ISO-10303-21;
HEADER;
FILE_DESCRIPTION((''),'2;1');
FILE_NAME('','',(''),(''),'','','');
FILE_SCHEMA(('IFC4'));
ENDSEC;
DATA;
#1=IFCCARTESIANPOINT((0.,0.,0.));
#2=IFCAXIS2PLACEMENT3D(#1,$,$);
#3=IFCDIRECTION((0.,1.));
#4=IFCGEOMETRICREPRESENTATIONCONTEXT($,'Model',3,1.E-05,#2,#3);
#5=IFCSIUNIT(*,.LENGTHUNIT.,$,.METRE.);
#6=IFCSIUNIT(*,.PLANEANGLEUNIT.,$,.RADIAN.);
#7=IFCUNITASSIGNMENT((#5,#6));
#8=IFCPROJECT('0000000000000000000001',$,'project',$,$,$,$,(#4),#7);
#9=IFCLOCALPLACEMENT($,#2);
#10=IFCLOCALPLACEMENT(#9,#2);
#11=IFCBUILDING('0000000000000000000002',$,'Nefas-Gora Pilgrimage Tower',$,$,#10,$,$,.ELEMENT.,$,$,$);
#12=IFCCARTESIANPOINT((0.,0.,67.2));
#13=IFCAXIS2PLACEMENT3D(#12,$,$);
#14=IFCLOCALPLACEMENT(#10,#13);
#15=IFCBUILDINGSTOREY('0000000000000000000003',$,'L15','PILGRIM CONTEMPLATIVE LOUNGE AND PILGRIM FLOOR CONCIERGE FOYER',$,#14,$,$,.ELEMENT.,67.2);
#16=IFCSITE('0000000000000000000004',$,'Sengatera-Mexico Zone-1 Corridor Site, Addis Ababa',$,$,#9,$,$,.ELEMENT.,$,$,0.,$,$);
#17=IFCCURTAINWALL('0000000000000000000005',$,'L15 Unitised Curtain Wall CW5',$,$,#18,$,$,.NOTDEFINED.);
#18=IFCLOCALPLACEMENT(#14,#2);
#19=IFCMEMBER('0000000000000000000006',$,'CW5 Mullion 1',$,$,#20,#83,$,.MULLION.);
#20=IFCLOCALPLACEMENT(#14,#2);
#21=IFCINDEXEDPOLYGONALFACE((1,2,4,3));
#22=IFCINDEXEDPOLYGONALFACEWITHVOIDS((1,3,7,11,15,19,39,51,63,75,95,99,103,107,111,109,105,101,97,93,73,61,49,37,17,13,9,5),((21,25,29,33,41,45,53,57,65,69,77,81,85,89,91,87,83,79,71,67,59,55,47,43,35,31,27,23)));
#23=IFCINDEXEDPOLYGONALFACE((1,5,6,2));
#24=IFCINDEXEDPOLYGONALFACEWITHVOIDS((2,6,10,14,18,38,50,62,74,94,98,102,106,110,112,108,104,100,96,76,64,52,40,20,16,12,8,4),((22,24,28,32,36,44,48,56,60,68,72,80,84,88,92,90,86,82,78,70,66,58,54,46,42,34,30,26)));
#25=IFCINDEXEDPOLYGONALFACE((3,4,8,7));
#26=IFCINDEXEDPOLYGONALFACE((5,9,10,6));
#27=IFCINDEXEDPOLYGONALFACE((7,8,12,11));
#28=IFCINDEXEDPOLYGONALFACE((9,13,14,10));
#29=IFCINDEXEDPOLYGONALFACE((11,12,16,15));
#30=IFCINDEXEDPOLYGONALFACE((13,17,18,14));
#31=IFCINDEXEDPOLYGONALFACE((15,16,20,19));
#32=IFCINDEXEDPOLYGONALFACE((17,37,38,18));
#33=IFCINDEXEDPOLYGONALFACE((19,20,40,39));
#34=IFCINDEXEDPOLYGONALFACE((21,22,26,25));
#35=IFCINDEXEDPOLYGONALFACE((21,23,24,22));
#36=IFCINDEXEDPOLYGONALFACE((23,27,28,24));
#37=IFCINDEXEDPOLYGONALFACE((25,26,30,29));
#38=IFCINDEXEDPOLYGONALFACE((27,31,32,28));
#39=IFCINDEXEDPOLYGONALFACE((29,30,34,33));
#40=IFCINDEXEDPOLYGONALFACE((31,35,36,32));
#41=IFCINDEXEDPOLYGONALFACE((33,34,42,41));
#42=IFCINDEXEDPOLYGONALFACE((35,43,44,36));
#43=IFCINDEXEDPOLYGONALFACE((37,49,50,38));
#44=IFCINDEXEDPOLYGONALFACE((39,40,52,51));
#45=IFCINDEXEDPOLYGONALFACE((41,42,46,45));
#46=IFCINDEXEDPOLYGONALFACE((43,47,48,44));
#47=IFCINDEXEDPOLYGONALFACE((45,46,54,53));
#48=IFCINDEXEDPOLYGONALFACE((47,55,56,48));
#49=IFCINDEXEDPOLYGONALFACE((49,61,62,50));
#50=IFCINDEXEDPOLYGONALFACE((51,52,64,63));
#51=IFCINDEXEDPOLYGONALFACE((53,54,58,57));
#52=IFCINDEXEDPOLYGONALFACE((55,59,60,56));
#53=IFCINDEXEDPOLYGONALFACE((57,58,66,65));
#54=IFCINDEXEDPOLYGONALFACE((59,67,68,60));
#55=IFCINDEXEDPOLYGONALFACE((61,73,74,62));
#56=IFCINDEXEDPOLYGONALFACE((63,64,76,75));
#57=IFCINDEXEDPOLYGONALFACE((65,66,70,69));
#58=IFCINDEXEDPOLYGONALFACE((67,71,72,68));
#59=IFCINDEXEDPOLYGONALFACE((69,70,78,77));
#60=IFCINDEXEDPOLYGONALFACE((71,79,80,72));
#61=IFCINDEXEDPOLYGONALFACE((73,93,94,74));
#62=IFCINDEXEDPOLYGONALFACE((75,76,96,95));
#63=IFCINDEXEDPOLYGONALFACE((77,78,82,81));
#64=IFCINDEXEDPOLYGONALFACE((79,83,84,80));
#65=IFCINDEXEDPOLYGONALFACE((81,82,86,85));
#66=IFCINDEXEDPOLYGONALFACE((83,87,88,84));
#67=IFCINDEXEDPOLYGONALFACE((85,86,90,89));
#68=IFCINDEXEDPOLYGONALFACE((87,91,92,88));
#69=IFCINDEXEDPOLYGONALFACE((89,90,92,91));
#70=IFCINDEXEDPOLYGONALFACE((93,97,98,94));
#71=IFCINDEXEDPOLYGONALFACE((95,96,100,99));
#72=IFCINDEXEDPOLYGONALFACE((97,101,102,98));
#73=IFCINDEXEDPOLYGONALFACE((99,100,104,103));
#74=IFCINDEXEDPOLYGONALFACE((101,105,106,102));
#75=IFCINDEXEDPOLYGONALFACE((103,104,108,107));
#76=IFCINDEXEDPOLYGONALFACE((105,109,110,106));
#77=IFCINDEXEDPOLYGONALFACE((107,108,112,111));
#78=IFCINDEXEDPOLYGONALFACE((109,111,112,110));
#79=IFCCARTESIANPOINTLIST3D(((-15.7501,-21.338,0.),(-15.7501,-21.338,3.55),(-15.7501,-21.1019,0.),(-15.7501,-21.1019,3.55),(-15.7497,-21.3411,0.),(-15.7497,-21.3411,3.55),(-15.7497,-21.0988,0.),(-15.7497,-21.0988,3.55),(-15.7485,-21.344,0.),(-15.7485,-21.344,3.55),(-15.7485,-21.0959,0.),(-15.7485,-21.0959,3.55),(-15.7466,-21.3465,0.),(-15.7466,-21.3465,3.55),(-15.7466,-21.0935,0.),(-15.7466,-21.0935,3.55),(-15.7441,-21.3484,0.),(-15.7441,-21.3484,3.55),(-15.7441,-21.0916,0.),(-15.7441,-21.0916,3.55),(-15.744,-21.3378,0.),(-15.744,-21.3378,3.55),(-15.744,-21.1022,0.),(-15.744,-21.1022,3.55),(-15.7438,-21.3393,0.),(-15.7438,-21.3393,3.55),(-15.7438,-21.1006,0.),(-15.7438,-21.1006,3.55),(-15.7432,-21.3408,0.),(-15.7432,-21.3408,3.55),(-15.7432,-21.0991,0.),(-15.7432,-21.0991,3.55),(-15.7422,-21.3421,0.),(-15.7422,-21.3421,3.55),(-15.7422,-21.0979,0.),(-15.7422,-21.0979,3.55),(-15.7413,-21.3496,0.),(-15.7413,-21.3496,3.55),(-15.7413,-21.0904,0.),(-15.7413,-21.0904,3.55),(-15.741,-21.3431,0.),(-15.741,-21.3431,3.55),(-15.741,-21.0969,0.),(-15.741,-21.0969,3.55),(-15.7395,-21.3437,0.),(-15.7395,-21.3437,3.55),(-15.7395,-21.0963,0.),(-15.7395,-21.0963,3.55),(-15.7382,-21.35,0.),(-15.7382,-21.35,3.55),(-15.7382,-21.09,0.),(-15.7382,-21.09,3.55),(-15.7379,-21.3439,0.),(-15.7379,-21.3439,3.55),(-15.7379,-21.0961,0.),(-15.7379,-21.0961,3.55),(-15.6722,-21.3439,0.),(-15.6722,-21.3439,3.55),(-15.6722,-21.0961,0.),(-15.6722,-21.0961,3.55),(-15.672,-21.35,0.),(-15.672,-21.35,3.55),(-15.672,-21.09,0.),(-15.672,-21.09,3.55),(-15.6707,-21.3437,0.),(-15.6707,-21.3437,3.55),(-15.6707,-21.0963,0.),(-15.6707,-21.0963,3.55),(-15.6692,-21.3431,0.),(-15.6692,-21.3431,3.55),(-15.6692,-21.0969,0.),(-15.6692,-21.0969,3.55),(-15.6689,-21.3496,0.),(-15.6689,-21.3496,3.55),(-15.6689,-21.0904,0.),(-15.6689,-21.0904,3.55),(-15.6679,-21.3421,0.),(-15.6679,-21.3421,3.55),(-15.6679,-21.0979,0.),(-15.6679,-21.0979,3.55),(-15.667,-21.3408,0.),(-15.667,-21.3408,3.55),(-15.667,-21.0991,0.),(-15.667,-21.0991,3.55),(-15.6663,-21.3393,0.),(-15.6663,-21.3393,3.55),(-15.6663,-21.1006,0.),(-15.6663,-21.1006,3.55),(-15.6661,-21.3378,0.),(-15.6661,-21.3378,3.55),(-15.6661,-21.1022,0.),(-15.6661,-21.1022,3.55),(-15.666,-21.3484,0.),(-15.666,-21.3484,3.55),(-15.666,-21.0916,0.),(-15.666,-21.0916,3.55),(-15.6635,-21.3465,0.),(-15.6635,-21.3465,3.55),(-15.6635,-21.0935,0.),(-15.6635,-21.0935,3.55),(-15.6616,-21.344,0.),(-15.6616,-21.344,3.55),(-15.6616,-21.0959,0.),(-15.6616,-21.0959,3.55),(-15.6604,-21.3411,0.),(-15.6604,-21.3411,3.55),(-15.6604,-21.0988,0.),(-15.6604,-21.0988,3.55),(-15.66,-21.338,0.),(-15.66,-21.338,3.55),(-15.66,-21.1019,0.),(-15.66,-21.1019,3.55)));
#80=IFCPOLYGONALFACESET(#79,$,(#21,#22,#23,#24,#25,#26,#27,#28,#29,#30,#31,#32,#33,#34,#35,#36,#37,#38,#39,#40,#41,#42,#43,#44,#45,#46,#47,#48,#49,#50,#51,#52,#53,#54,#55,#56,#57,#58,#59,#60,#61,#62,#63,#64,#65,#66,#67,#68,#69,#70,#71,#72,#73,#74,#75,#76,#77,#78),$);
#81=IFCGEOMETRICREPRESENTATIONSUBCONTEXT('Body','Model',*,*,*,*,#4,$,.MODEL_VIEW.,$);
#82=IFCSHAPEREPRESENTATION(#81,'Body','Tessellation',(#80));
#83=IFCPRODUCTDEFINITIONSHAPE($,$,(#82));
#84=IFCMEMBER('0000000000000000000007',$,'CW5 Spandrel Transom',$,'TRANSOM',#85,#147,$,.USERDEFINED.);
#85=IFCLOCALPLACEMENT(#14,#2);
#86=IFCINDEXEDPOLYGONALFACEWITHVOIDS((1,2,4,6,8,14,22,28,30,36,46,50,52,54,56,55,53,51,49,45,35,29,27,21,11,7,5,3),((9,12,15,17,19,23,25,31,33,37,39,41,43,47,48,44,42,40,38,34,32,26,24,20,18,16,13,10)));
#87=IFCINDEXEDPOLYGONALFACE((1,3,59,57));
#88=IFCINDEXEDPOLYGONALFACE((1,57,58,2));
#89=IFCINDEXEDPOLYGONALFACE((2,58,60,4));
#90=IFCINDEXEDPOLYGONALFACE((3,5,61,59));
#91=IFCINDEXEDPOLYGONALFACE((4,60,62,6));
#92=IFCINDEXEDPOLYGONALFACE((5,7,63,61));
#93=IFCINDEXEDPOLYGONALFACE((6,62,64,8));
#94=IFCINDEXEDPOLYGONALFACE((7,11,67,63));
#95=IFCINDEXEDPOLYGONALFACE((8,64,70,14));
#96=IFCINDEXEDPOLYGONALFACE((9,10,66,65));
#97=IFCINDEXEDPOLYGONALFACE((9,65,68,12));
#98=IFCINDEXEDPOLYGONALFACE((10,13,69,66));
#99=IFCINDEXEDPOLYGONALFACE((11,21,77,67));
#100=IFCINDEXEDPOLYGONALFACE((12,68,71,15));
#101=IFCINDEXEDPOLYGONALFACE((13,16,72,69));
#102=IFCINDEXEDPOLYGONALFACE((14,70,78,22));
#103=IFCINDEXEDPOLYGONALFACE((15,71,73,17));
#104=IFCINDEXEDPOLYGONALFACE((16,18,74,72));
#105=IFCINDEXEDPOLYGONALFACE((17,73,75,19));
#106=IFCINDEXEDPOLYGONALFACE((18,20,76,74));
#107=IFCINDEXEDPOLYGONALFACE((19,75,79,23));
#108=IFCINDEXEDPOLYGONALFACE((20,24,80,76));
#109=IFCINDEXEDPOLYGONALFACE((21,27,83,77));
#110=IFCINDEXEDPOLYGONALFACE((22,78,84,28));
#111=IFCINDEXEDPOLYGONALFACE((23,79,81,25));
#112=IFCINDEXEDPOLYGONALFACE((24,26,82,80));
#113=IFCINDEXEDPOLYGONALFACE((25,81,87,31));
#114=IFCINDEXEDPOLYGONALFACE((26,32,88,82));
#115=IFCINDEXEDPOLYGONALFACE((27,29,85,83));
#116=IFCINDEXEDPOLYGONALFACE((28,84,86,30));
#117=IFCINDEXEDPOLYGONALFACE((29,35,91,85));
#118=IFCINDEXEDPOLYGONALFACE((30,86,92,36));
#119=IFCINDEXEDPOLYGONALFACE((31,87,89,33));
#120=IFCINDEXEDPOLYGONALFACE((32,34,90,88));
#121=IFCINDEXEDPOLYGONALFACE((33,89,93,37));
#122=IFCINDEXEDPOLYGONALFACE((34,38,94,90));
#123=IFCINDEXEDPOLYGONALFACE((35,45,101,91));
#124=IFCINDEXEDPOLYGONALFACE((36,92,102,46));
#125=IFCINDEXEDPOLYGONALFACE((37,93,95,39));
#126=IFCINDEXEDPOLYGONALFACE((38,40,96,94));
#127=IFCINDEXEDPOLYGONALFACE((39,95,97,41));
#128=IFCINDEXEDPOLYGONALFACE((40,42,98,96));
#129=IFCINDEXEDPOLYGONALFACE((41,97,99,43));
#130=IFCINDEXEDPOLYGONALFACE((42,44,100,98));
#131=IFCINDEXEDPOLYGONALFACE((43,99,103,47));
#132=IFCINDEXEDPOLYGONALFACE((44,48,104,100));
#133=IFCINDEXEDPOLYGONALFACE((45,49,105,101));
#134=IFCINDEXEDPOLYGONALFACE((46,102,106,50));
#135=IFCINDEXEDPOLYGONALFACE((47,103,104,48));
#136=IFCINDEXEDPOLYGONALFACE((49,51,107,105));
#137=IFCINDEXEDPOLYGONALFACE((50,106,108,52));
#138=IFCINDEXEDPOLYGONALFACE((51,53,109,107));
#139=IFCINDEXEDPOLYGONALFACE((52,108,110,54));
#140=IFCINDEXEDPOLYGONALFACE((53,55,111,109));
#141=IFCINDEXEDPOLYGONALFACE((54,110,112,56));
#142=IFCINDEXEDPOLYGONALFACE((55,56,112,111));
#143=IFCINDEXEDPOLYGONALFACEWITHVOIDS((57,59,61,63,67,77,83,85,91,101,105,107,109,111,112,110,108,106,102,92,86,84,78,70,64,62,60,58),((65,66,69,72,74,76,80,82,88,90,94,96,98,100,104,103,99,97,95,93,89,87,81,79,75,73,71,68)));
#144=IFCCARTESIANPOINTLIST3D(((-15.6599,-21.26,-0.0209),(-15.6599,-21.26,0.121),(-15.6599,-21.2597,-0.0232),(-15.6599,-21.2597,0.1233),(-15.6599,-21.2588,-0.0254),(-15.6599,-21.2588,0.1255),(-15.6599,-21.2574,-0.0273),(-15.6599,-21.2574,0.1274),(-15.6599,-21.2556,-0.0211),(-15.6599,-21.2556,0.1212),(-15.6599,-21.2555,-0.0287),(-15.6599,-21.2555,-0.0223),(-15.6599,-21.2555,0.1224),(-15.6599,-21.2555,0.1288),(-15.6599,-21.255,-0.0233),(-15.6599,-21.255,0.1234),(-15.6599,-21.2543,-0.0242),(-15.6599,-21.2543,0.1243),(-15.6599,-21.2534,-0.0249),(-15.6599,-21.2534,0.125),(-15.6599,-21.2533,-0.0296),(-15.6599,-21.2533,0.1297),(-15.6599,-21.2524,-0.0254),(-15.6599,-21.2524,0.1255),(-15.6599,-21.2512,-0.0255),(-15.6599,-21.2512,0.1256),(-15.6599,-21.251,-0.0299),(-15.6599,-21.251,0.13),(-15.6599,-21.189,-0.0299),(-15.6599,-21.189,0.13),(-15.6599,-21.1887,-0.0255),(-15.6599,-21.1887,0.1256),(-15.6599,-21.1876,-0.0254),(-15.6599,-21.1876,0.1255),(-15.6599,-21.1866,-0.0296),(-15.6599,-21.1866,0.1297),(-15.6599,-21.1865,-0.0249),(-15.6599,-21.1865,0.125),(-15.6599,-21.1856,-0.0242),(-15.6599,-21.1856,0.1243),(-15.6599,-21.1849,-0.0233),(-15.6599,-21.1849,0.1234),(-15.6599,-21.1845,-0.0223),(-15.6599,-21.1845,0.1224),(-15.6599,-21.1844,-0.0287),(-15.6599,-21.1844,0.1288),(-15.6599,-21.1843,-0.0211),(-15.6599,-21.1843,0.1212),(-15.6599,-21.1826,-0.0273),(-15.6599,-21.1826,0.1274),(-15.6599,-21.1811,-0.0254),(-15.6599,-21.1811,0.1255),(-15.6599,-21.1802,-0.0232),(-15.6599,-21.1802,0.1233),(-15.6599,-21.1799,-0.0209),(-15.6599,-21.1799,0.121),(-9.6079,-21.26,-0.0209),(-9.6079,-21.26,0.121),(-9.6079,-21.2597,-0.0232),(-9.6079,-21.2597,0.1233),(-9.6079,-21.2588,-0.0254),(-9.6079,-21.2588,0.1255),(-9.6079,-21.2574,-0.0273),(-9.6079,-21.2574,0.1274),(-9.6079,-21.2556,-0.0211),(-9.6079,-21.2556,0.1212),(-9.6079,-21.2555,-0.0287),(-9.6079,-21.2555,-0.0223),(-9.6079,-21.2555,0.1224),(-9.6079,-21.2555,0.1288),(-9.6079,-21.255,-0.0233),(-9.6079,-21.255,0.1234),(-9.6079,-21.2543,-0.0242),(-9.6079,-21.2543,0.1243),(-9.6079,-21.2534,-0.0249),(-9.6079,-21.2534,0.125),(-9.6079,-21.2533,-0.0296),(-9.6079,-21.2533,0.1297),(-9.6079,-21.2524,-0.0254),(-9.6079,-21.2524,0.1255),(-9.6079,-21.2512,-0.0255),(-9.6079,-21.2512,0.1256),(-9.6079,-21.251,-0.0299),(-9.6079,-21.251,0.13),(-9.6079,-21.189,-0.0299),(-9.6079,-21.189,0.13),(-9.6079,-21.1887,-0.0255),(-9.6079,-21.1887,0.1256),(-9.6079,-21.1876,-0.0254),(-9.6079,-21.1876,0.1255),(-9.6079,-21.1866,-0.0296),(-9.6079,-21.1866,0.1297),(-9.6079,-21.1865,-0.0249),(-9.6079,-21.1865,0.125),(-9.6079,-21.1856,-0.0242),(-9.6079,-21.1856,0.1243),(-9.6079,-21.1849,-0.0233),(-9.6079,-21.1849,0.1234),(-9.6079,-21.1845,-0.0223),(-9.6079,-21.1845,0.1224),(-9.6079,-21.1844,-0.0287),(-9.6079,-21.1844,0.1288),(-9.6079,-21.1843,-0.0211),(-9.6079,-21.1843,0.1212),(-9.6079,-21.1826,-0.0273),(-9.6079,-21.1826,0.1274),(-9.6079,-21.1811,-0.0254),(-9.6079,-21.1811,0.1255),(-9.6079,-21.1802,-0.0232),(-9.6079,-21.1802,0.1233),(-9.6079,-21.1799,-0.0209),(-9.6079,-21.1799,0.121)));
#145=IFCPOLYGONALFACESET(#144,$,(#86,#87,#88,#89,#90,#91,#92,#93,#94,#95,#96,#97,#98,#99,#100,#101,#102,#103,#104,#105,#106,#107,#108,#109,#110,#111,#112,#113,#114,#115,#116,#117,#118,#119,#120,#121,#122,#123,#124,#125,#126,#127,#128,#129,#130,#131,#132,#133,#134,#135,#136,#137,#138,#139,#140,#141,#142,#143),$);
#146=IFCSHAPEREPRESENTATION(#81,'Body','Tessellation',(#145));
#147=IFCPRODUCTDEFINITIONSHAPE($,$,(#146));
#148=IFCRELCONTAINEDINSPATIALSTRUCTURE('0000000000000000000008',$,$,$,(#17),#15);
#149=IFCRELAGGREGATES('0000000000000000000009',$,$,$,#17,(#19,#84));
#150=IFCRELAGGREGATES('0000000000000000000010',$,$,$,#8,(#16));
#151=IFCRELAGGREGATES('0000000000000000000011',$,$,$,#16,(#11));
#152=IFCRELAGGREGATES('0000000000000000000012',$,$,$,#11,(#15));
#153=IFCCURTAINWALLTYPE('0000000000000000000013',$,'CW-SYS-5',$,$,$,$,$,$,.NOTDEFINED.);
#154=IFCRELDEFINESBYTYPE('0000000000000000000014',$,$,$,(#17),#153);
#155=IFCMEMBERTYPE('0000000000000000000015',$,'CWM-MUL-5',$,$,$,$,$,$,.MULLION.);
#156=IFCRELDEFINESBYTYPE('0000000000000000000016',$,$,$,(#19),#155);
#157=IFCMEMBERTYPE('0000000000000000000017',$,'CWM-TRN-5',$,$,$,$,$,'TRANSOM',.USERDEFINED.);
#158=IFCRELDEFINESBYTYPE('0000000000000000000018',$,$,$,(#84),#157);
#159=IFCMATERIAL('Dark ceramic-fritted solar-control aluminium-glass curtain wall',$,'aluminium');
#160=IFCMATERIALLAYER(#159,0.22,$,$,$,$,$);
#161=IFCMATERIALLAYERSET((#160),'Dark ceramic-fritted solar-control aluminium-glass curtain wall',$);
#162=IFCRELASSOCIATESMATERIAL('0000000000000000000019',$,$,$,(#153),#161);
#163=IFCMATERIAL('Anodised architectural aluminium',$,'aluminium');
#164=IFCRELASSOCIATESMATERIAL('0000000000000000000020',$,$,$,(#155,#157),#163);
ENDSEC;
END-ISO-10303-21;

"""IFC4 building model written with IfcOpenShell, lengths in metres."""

from ifc_helpers import new_model, si_unit, direction, frame, origin, origin_2d, place, context, subcontext, project, spatial, hollow_rectangle, extrude, source, transform, mapped, material, layer, layer_set, material_profile, profile_set, type_object, element, aggregate, save


model = new_model("IFC4")

# Units and contexts
model_context = context("Model", 3, precision=1e-05, world=origin(), true_north=direction((0.0, 1.0)))
body_context = subcontext(model_context, "Body", "Model", "MODEL_VIEW")
ifc_project = project(units=[si_unit("LENGTHUNIT", "METRE"), si_unit("PLANEANGLEUNIT", "RADIAN")], contexts=[model_context])

# Site, building, storey
site_placement = place(None, origin())
site = spatial("IfcSite", under=ifc_project, at=site_placement, Name="Sengatera-Mexico Zone-1 Corridor Site, Addis Ababa", CompositionType="ELEMENT", RefElevation=0.0)
building_placement = place(site_placement, origin())
building = spatial("IfcBuilding", under=site, at=building_placement, Name="Nefas-Gora Pilgrimage Tower", CompositionType="ELEMENT")
storey_placement = place(building_placement, frame((0.0, 0.0, 67.2)))
storey = spatial("IfcBuildingStorey", under=building, at=storey_placement, Name="L15", Description="PILGRIM CONTEMPLATIVE LOUNGE AND PILGRIM FLOOR CONCIERGE FOYER", CompositionType="ELEMENT", Elevation=67.2)

# Curtain wall, members
ifc_material_1 = material(Name="Dark ceramic-fritted solar-control aluminium-glass curtain wall", Category="aluminium")
ifc_layer_1 = layer(ifc_material_1, 0.22)
ifc_layer_set_1 = layer_set([ifc_layer_1], Name="Dark ceramic-fritted solar-control aluminium-glass curtain wall")
curtain_wall_type_1 = type_object("IfcCurtainWallType", Name="CW-SYS-5", PredefinedType="NOTDEFINED", material=ifc_layer_set_1)
curtain_wall_1_placement = place(storey_placement, origin())
curtain_wall_1 = element("IfcCurtainWall", 1, at=curtain_wall_1_placement, inside=storey, type_object=curtain_wall_type_1, Name="L15 Unitised Curtain Wall CW5", PredefinedType="NOTDEFINED")
ifc_material_2 = material(Name="Anodised architectural aluminium", Category="aluminium")
ifc_material_profile_1 = material_profile(ifc_material_2, hollow_rectangle(XDim=0.0901, YDim=0.26, WallThickness=0.0061, InnerFilletRadius=0.0061, OuterFilletRadius=0.012, at=origin_2d()), Name="ALU MULLION 90x260")
ifc_profile_set_1 = profile_set([ifc_material_profile_1], Name="Anodised architectural aluminium")
member_type_1 = type_object("IfcMemberType", Name="CWM-MUL-5", PredefinedType="MULLION", material=ifc_profile_set_1)
shared_shape_1 = source(origin(), body_context, "Body", "SweptSolid", [
    extrude(hollow_rectangle(XDim=0.0901, YDim=0.26, WallThickness=0.0061, InnerFilletRadius=0.0061, OuterFilletRadius=0.012, at=origin_2d()), origin(), (0.0, 0.0, 1.0), 3.55),
])
member_1_placement = place(storey_placement, frame((-15.7051, -21.22, 0.0), z_axis=(0.0, 0.0, 1.0), x_axis=(1.0, 0.0, 0.0)))
member_1 = element("IfcMember", 2, at=member_1_placement, type_object=member_type_1, Name="CW5 Mullion 1", PredefinedType="MULLION", context=body_context, shape_type="MappedRepresentation", body=[
    mapped(shared_shape_1, transform((0.0, 0.0, 0.0), x_axis=(1.0, 0.0, 0.0), y_axis=(0.0, 1.0, 0.0), z_axis=(0.0, 0.0, 1.0), scale=1.0)),
])
ifc_material_profile_2 = material_profile(ifc_material_2, hollow_rectangle(XDim=0.0801, YDim=0.1599, WallThickness=0.0044, InnerFilletRadius=0.0044, OuterFilletRadius=0.009, at=origin_2d()), Name="ALU TRANSOM 80x160")
ifc_profile_set_2 = profile_set([ifc_material_profile_2], Name="Anodised architectural aluminium")
member_type_2 = type_object("IfcMemberType", Name="CWM-TRN-5", ElementType="TRANSOM", PredefinedType="USERDEFINED", material=ifc_profile_set_2)
shared_shape_2 = source(origin(), body_context, "Body", "SweptSolid", [
    extrude(hollow_rectangle(XDim=0.0801, YDim=0.1599, WallThickness=0.0044, InnerFilletRadius=0.0044, OuterFilletRadius=0.009, at=origin_2d()), origin(), (0.0, 0.0, 1.0), 6.052),
])
member_2_placement = place(storey_placement, frame((-15.6599, -21.22, 0.05), z_axis=(1.0, 0.0, 0.0), x_axis=(0.0, 1.0, 0.0)))
member_2 = element("IfcMember", 3, at=member_2_placement, type_object=member_type_2, Name="CW5 Spandrel Transom", ObjectType="TRANSOM", PredefinedType="USERDEFINED", context=body_context, shape_type="MappedRepresentation", body=[
    mapped(shared_shape_2, transform((0.0, 0.0, 0.0), x_axis=(1.0, 0.0, 0.0), y_axis=(0.0, 1.0, 0.0), z_axis=(0.0, 0.0, 1.0), scale=1.0)),
])
aggregate(curtain_wall_1, [member_1, member_2])

save(model, "model.ifc")
